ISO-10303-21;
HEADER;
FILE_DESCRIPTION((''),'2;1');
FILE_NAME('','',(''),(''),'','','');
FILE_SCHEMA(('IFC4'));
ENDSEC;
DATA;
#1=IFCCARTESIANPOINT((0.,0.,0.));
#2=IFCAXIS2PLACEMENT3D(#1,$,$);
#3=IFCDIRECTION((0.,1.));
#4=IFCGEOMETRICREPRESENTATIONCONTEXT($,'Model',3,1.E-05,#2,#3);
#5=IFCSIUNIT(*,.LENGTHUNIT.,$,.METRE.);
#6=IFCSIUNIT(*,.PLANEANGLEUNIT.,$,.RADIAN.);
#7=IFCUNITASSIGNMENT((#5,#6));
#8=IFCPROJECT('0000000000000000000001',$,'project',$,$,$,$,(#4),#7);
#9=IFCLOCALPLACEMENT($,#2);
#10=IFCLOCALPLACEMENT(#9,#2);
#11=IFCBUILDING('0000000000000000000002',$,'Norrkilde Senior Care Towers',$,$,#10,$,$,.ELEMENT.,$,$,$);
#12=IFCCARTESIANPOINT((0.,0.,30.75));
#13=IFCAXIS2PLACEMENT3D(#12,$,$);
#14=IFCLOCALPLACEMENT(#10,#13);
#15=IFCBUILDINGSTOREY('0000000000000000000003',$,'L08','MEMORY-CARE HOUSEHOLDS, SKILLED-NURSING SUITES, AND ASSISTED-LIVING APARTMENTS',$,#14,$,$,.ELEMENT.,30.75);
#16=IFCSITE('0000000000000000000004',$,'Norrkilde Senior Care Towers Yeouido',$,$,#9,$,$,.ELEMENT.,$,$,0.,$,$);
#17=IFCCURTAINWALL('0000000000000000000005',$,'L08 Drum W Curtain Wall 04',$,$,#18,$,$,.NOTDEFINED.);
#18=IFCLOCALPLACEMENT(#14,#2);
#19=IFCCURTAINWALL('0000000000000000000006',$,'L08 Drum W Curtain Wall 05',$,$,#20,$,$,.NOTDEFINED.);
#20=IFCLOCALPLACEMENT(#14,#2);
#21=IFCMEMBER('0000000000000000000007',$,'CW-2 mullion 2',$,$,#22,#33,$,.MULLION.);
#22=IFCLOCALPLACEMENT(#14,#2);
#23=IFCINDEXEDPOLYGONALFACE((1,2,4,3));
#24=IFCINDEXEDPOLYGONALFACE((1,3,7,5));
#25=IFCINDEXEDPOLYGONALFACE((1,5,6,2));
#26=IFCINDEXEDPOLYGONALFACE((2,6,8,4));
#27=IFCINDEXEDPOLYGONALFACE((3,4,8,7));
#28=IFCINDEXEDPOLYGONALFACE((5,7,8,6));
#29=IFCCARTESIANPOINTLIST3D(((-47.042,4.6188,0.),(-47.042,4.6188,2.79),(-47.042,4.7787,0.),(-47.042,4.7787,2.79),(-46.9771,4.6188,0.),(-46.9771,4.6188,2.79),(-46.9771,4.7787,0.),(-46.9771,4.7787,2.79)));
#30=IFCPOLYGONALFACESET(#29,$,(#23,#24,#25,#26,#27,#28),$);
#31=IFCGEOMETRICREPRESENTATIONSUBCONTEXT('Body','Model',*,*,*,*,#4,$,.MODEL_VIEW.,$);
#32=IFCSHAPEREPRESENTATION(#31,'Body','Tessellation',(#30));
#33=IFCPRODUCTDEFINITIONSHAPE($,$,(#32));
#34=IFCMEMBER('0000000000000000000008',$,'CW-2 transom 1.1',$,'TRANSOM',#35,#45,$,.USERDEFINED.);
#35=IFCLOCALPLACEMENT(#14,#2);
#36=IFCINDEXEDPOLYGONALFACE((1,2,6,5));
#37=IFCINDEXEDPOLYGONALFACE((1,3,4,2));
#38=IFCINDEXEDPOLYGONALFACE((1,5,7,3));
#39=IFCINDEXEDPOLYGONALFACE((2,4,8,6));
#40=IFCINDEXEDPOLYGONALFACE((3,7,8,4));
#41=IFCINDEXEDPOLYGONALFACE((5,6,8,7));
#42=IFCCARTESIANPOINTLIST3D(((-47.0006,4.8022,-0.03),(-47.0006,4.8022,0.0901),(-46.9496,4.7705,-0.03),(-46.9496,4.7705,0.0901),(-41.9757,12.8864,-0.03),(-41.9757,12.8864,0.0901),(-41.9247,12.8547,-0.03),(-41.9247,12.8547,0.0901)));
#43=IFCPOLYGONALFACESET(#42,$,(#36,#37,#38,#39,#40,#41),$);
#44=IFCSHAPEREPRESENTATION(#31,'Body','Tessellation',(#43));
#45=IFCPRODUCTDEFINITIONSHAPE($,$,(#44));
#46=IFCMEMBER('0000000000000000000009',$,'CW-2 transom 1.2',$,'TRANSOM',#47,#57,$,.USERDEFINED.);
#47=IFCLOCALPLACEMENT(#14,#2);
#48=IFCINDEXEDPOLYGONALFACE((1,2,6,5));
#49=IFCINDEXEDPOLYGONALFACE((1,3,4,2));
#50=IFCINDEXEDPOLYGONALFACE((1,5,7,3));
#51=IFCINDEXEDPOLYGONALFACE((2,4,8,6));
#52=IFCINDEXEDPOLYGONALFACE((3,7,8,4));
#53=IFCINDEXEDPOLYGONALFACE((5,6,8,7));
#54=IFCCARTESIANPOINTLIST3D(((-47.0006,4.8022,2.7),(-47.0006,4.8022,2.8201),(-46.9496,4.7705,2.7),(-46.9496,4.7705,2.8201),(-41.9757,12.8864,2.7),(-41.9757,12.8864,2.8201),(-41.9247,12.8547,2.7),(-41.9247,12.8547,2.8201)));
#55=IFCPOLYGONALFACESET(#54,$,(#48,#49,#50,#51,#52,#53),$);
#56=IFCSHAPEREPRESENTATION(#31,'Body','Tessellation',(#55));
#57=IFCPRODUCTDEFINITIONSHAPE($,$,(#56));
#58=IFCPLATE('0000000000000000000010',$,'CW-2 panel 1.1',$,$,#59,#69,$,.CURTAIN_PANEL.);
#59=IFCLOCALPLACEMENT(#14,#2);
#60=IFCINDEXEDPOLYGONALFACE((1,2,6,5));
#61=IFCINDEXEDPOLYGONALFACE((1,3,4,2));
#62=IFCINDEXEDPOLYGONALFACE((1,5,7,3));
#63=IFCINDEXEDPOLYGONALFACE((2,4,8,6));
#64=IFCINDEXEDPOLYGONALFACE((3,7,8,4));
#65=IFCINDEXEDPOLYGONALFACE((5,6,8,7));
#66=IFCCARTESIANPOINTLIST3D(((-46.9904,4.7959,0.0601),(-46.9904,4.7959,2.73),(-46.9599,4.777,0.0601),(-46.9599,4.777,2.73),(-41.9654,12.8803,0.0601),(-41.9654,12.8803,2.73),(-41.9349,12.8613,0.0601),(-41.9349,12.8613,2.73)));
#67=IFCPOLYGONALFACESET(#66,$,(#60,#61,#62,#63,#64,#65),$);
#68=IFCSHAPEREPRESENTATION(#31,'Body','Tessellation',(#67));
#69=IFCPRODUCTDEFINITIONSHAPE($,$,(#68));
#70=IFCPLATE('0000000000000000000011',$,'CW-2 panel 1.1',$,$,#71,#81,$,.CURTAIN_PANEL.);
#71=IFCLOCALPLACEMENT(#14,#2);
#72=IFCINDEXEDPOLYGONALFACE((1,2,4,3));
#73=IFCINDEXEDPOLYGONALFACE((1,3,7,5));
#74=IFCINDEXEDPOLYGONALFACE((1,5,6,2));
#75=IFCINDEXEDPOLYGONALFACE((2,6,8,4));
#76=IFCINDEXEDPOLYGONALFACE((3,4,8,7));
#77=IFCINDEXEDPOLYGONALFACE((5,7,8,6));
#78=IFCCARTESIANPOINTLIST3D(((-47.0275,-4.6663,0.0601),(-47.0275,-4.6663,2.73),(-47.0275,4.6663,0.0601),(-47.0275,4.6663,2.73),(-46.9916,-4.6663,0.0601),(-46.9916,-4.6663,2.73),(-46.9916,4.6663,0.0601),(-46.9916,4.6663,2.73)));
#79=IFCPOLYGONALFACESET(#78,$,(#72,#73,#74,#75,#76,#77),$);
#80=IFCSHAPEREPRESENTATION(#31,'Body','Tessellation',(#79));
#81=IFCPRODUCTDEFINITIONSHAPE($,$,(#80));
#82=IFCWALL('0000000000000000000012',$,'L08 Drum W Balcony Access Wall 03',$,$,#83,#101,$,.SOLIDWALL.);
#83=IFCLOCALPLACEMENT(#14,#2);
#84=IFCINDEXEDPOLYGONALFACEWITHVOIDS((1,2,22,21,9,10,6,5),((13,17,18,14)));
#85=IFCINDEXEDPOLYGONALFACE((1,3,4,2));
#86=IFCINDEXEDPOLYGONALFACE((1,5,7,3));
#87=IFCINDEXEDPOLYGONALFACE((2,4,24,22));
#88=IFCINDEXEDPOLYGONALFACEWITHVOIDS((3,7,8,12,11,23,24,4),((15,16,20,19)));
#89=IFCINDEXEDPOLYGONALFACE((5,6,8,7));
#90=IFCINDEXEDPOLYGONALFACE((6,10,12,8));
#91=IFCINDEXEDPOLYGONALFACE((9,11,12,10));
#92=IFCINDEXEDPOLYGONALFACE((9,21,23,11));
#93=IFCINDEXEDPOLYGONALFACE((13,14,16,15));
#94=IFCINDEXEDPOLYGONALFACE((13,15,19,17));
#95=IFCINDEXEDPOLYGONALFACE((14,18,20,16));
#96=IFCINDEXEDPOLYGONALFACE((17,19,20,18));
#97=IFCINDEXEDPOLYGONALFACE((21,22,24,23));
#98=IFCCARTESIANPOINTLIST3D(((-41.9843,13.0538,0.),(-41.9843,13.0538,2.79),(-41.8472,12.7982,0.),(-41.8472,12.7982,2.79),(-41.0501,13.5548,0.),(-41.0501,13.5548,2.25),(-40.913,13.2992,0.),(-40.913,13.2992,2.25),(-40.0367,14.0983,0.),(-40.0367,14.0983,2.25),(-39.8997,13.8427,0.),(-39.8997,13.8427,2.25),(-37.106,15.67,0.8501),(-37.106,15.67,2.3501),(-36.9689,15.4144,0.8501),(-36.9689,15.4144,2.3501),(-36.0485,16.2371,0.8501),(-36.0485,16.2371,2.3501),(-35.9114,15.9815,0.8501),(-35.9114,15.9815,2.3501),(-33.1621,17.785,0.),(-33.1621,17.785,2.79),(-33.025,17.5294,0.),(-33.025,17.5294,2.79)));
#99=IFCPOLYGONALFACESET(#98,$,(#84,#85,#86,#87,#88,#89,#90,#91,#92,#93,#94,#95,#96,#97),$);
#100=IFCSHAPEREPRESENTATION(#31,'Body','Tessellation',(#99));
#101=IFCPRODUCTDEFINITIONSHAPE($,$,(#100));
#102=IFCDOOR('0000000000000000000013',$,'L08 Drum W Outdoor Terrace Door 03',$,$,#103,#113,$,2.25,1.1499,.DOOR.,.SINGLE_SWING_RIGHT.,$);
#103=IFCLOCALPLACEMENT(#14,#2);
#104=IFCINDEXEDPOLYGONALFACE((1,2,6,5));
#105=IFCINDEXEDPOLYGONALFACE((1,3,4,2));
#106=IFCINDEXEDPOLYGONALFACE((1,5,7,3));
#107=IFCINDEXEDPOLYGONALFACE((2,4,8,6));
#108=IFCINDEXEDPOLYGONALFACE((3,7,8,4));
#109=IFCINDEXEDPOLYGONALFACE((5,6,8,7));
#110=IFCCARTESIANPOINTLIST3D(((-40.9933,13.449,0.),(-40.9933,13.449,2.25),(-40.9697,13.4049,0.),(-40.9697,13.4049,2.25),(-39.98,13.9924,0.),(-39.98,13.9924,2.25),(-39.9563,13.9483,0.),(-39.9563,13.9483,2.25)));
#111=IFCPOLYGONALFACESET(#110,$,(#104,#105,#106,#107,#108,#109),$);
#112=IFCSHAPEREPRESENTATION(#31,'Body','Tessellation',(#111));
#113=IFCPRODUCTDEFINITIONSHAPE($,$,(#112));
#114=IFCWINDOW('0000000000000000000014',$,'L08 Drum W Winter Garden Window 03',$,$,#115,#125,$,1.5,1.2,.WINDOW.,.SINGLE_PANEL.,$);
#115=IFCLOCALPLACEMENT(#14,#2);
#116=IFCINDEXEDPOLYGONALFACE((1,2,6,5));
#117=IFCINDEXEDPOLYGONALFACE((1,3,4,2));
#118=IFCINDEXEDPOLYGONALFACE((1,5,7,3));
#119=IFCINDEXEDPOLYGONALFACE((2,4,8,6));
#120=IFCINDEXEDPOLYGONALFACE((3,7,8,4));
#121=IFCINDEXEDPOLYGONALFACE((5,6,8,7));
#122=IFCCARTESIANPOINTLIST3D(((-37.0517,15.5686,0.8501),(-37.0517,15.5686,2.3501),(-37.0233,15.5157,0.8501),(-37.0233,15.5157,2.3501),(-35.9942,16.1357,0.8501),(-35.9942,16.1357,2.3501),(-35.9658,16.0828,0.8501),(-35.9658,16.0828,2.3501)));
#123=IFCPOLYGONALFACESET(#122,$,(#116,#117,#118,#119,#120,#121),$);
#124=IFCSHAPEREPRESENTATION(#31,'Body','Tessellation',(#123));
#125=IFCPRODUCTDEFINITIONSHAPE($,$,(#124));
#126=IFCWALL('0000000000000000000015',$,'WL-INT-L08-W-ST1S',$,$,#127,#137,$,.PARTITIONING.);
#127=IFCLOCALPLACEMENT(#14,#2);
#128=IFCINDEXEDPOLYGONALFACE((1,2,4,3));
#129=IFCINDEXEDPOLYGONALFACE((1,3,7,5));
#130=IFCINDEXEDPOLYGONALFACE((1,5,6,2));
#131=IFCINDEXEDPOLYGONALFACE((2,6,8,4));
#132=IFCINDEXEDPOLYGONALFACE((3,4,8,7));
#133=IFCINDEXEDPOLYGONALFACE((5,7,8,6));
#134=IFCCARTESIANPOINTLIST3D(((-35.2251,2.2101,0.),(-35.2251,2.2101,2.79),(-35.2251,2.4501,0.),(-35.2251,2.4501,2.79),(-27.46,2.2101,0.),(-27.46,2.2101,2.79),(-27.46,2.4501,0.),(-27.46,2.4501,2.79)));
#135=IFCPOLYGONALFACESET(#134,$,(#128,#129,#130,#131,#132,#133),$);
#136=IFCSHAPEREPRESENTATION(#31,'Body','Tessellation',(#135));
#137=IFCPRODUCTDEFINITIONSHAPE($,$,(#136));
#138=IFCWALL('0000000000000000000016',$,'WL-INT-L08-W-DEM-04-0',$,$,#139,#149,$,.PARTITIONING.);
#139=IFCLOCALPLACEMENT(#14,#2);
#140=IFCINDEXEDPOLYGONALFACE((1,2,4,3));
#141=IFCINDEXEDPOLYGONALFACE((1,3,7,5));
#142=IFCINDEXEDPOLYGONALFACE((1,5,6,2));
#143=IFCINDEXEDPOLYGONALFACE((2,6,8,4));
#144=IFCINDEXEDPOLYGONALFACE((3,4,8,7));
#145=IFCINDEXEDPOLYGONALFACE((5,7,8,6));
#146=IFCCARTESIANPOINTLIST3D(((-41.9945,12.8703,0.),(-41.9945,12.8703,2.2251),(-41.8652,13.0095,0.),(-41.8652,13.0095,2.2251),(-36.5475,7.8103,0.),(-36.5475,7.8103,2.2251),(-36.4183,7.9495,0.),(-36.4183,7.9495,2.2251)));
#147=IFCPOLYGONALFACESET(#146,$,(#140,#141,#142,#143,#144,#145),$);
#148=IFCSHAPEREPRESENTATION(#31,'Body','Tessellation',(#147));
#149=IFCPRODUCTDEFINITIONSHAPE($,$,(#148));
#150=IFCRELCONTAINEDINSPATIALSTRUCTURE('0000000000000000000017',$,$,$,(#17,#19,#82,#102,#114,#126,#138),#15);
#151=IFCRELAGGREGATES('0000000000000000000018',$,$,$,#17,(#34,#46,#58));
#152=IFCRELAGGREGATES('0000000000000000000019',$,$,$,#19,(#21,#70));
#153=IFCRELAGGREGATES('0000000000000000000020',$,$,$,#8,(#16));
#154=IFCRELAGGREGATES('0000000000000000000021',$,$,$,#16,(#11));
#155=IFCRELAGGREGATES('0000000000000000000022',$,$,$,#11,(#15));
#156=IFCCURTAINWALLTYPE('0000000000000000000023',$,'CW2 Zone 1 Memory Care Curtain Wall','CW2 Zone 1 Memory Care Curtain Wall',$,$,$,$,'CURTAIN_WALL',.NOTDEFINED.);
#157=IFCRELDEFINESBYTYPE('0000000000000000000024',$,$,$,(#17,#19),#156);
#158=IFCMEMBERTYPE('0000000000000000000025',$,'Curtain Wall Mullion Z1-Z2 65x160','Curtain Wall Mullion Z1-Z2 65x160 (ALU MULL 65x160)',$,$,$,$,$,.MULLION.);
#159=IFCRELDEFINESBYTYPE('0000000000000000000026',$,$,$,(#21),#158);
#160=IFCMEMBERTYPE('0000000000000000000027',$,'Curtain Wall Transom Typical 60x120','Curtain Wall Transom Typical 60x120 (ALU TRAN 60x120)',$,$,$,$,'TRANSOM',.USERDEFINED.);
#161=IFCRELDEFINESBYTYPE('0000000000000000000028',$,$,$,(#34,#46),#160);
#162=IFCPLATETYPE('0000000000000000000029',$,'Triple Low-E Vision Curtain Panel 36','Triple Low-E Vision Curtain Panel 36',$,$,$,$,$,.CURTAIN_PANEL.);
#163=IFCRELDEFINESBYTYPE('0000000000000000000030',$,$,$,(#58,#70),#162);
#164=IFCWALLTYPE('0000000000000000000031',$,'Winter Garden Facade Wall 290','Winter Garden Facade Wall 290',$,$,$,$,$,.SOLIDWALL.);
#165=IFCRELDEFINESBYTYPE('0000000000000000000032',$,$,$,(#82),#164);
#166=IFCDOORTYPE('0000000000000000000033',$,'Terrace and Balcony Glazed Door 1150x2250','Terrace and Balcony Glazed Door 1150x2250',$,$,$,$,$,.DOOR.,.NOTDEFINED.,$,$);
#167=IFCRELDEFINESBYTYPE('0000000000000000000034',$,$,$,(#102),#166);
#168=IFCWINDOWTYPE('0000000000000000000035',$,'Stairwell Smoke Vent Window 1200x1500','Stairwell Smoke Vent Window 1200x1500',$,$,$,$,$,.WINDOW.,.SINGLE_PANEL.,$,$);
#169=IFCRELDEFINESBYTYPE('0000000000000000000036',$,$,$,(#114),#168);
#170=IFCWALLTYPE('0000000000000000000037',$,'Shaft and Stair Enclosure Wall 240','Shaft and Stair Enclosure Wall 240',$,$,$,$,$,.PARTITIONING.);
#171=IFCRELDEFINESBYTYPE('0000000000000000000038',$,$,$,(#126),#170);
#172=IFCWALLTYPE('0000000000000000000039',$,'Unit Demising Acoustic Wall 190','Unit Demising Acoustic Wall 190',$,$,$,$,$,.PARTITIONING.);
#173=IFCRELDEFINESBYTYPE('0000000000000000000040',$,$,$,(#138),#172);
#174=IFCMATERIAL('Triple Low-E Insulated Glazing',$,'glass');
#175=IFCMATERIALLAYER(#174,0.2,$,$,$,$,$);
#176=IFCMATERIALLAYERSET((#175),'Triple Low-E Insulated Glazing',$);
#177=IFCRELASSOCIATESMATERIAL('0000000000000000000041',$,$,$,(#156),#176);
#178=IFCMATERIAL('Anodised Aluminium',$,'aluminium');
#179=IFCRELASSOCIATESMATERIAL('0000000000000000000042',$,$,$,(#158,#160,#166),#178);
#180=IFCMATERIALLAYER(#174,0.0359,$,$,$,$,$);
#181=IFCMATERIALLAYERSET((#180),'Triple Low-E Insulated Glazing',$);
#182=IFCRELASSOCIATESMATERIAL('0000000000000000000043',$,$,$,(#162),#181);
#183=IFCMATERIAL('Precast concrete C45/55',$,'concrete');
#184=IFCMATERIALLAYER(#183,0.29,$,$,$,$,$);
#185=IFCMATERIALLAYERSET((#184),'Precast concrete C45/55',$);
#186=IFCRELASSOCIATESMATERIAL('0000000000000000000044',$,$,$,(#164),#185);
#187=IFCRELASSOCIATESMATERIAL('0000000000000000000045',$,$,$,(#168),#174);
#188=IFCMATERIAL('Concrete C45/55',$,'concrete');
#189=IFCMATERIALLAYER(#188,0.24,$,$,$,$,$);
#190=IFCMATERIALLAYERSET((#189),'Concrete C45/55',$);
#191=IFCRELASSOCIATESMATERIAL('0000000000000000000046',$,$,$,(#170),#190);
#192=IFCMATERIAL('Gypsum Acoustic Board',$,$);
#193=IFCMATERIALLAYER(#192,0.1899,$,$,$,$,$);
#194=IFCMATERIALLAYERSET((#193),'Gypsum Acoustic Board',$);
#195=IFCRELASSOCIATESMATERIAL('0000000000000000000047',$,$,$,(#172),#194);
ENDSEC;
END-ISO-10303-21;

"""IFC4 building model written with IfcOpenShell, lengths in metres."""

from ifc_helpers import new_model, si_unit, direction, frame, frame_2d, origin, origin_2d, place, context, subcontext, project, spatial, rectangle, extrude, source, transform, mapped, material, layer, layer_set, material_profile, profile_set, type_object, type_shapes, element, fill, aggregate, save


model = new_model("IFC4")

# Units and contexts
model_context = context("Model", 3, precision=1e-05, world=origin(), true_north=direction((0.0, 1.0)))
body_context = subcontext(model_context, "Body", "Model", "MODEL_VIEW")
ifc_project = project(units=[si_unit("LENGTHUNIT", "METRE"), si_unit("PLANEANGLEUNIT", "RADIAN")], contexts=[model_context])

# Site, building, storey
site_placement = place(None, origin())
site = spatial("IfcSite", under=ifc_project, at=site_placement, Name="Norrkilde Senior Care Towers Yeouido", CompositionType="ELEMENT", RefElevation=0.0)
building_placement = place(site_placement, origin())
building = spatial("IfcBuilding", under=site, at=building_placement, Name="Norrkilde Senior Care Towers", CompositionType="ELEMENT")
storey_placement = place(building_placement, frame((0.0, 0.0, 30.75)))
storey = spatial("IfcBuildingStorey", under=building, at=storey_placement, Name="L08", Description="MEMORY-CARE HOUSEHOLDS, SKILLED-NURSING SUITES, AND ASSISTED-LIVING APARTMENTS", CompositionType="ELEMENT", Elevation=30.75)

# Curtain wall
ifc_material_1 = material(Name="Triple Low-E Insulated Glazing", Category="glass")
ifc_layer_1 = layer(ifc_material_1, 0.2)
ifc_layer_set_1 = layer_set([ifc_layer_1], Name="Triple Low-E Insulated Glazing")
curtain_wall_type = type_object("IfcCurtainWallType", Name="CW2 Zone 1 Memory Care Curtain Wall", Description="CW2 Zone 1 Memory Care Curtain Wall", ElementType="CURTAIN_WALL", PredefinedType="NOTDEFINED", material=ifc_layer_set_1)
curtain_wall_1_placement = place(storey_placement, origin())
curtain_wall_1 = element("IfcCurtainWall", 1, at=curtain_wall_1_placement, inside=storey, type_object=curtain_wall_type, Name="L08 Drum W Curtain Wall 04", PredefinedType="NOTDEFINED")
ifc_material_2 = material(Name="Anodised Aluminium", Category="aluminium")
ifc_material_profile_1 = material_profile(ifc_material_2, rectangle(XDim=0.0649, YDim=0.1599, at=origin_2d()), Name="ALU MULL 65x160")
ifc_profile_set_1 = profile_set([ifc_material_profile_1], Name="Anodised Aluminium")
member_type_1 = type_object("IfcMemberType", Name="Curtain Wall Mullion Z1-Z2 65x160", Description="Curtain Wall Mullion Z1-Z2 65x160 (ALU MULL 65x160)", PredefinedType="MULLION", material=ifc_profile_set_1)
shared_shape_1 = source(origin(), body_context, "Body", "SweptSolid", [
    extrude(rectangle(XDim=0.0649, YDim=0.1599, at=origin_2d()), origin(), (0.0, 0.0, 1.0), 2.79),
])
type_shapes(member_type_1, [shared_shape_1])

# Curtain wall, member
curtain_wall_2_placement = place(storey_placement, origin())
curtain_wall_2 = element("IfcCurtainWall", 2, at=curtain_wall_2_placement, inside=storey, type_object=curtain_wall_type, Name="L08 Drum W Curtain Wall 05", PredefinedType="NOTDEFINED")
member_1_placement = place(storey_placement, frame((-47.0095, 4.6987, 0.0), z_axis=(0.0, 0.0, 1.0), x_axis=(-1.0, 0.0, 0.0)))
member_1 = element("IfcMember", 3, at=member_1_placement, type_object=member_type_1, Name="CW-2 mullion 2", PredefinedType="MULLION", context=body_context, shape_type="MappedRepresentation", body=[
    mapped(shared_shape_1, transform((0.0, 0.0, 0.0), x_axis=(1.0, 0.0, 0.0), y_axis=(0.0, 1.0, 0.0), z_axis=(0.0, 0.0, 1.0), scale=1.0)),
])

# Members
ifc_material_profile_2 = material_profile(ifc_material_2, rectangle(XDim=0.0601, YDim=0.1201, at=origin_2d()), Name="ALU TRAN 60x120")
ifc_profile_set_2 = profile_set([ifc_material_profile_2], Name="Anodised Aluminium")
member_type_2 = type_object("IfcMemberType", Name="Curtain Wall Transom Typical 60x120", Description="Curtain Wall Transom Typical 60x120 (ALU TRAN 60x120)", ElementType="TRANSOM", PredefinedType="USERDEFINED", material=ifc_profile_set_2)
shared_shape_2 = source(origin(), body_context, "Body", "SweptSolid", [
    extrude(rectangle(XDim=0.0601, YDim=0.1201, at=origin_2d()), origin(), (0.0, 0.0, 1.0), 9.5186),
])
type_shapes(member_type_2, [shared_shape_2])
member_2_placement = place(storey_placement, frame((-46.9751, 4.7864, 0.03), z_axis=(0.527902, 0.849306, 0.0), x_axis=(-0.849306, 0.527902, 0.0)))
member_2 = element("IfcMember", 4, at=member_2_placement, type_object=member_type_2, Name="CW-2 transom 1.1", ObjectType="TRANSOM", PredefinedType="USERDEFINED", context=body_context, shape_type="MappedRepresentation", body=[
    mapped(shared_shape_2, transform((0.0, 0.0, 0.0), x_axis=(1.0, 0.0, 0.0), y_axis=(0.0, 1.0, 0.0), z_axis=(0.0, 0.0, 1.0), scale=1.0)),
])
member_3_placement = place(storey_placement, frame((-46.9751, 4.7864, 2.76), z_axis=(0.527902, 0.849306, 0.0), x_axis=(-0.849306, 0.527902, 0.0)))
member_3 = element("IfcMember", 5, at=member_3_placement, type_object=member_type_2, Name="CW-2 transom 1.2", ObjectType="TRANSOM", PredefinedType="USERDEFINED", context=body_context, shape_type="MappedRepresentation", body=[
    mapped(shared_shape_2, transform((0.0, 0.0, 0.0), x_axis=(1.0, 0.0, 0.0), y_axis=(0.0, 1.0, 0.0), z_axis=(0.0, 0.0, 1.0), scale=1.0)),
])

# Plates
ifc_layer_2 = layer(ifc_material_1, 0.0359)
ifc_layer_set_2 = layer_set([ifc_layer_2], Name="Triple Low-E Insulated Glazing")
plate_type = type_object("IfcPlateType", Name="Triple Low-E Vision Curtain Panel 36", Description="Triple Low-E Vision Curtain Panel 36", PredefinedType="CURTAIN_PANEL", material=ifc_layer_set_2)
shared_shape_3 = source(origin(), body_context, "Body", "SweptSolid", [
    extrude(rectangle(XDim=9.5188, YDim=0.0359, at=origin_2d()), origin(), (0.0, 0.0, 1.0), 2.6699),
])
plate_1_placement = place(storey_placement, frame((-44.4626, 8.8286, 0.0601), z_axis=(0.0, 0.0, 1.0), x_axis=(0.527901, 0.849306, 0.0)))
plate_1 = element("IfcPlate", 6, at=plate_1_placement, type_object=plate_type, Name="CW-2 panel 1.1", PredefinedType="CURTAIN_PANEL", context=body_context, shape_type="MappedRepresentation", body=[
    mapped(shared_shape_3, transform((0.0, 0.0, 0.0), x_axis=(1.0, 0.0, 0.0), y_axis=(0.0, 1.0, 0.0), z_axis=(0.0, 0.0, 1.0), scale=1.0)),
])
aggregate(curtain_wall_1, [member_2, member_3, plate_1])
shared_shape_4 = source(origin(), body_context, "Body", "SweptSolid", [
    extrude(rectangle(XDim=9.3325, YDim=0.0359, at=origin_2d()), origin(), (0.0, 0.0, 1.0), 2.6699),
])
type_shapes(plate_type, [shared_shape_3, shared_shape_4])
plate_2_placement = place(storey_placement, frame((-47.0095, 0.0, 0.0601), z_axis=(0.0, 0.0, 1.0), x_axis=(0.0, 1.0, 0.0)))
plate_2 = element("IfcPlate", 7, at=plate_2_placement, type_object=plate_type, Name="CW-2 panel 1.1", PredefinedType="CURTAIN_PANEL", context=body_context, shape_type="MappedRepresentation", body=[
    mapped(shared_shape_4, transform((0.0, 0.0, 0.0), x_axis=(1.0, 0.0, 0.0), y_axis=(0.0, 1.0, 0.0), z_axis=(0.0, 0.0, 1.0), scale=1.0)),
])
aggregate(curtain_wall_2, [member_1, plate_2])

# Wall, openings, door, window
ifc_material_3 = material(Name="Precast concrete C45/55", Category="concrete")
ifc_layer_3 = layer(ifc_material_3, 0.29)
ifc_layer_set_3 = layer_set([ifc_layer_3], Name="Precast concrete C45/55")
wall_type_1 = type_object("IfcWallType", Name="Winter Garden Facade Wall 290", Description="Winter Garden Facade Wall 290", PredefinedType="SOLIDWALL", material=ifc_layer_set_3)
shared_shape_5 = source(origin(), body_context, "Body", "SweptSolid", [
    extrude(rectangle(XDim=10.0107, YDim=0.29, at=frame_2d((5.0054, 0.0))), origin(), (0.0, 0.0, 1.0), 2.79),
])
type_shapes(wall_type_1, [shared_shape_5])
wall_1_placement = place(storey_placement, frame((-41.9158, 12.926, 0.0), z_axis=(0.0, 0.0, 1.0), x_axis=(0.881273, 0.472608, 0.0)))
wall_1 = element("IfcWall", 8, at=wall_1_placement, inside=storey, type_object=wall_type_1, Name="L08 Drum W Balcony Access Wall 03", PredefinedType="SOLIDWALL", context=body_context, shape_type="MappedRepresentation", body=[
    mapped(shared_shape_5, transform((0.0, 0.0, 0.0), x_axis=(1.0, 0.0, 0.0), y_axis=(0.0, 1.0, 0.0), z_axis=(0.0, 0.0, 1.0), scale=1.0)),
])
opening_1_placement = place(wall_1_placement, frame((1.0601, 0.0, 0.0)))
opening_1 = element("IfcOpeningElement", 9, at=opening_1_placement, cuts=wall_1, PredefinedType="OPENING", context=body_context, shape_type="SweptSolid", body=[
    extrude(rectangle(XDim=1.1499, YDim=2.25, at=frame_2d((0.575, 1.125))), frame((0.0, 0.155, 0.0), z_axis=(0.0, -1.0, 0.0), x_axis=(1.0, 0.0, 0.0)), (0.0, 0.0, 1.0), 0.3101),
])
opening_2_placement = place(wall_1_placement, frame((5.5354, 0.0, 0.8501)))
opening_2 = element("IfcOpeningElement", 10, at=opening_2_placement, cuts=wall_1, PredefinedType="OPENING", context=body_context, shape_type="SweptSolid", body=[
    extrude(rectangle(XDim=1.2, YDim=1.5, at=frame_2d((0.6001, 0.75))), frame((0.0, 0.155, 0.0), z_axis=(0.0, -1.0, 0.0), x_axis=(1.0, 0.0, 0.0)), (0.0, 0.0, 1.0), 0.3101),
])
door_type_1 = type_object("IfcDoorType", Name="Terrace and Balcony Glazed Door 1150x2250", Description="Terrace and Balcony Glazed Door 1150x2250", OperationType="NOTDEFINED", PredefinedType="DOOR", material=ifc_material_2)
shared_shape_6 = source(origin(), body_context, "Body", "SweptSolid", [
    extrude(rectangle(XDim=1.1499, YDim=2.25, at=frame_2d((0.575, 1.125))), frame((0.0, 0.0249, 0.0), z_axis=(0.0, -1.0, 0.0), x_axis=(1.0, 0.0, 0.0)), (0.0, 0.0, 1.0), 0.05),
])
type_shapes(door_type_1, [shared_shape_6])
door_1_placement = place(opening_1_placement, origin())
door_1 = element("IfcDoor", 11, at=door_1_placement, inside=storey, type_object=door_type_1, Name="L08 Drum W Outdoor Terrace Door 03", OperationType="SINGLE_SWING_RIGHT", OverallHeight=2.25, OverallWidth=1.1499, PredefinedType="DOOR", context=body_context, shape_type="MappedRepresentation", body=[
    mapped(shared_shape_6, transform((0.0, 0.0, 0.0), x_axis=(1.0, 0.0, 0.0), y_axis=(0.0, 1.0, 0.0), z_axis=(0.0, 0.0, 1.0), scale=1.0)),
])
fill(opening_1, door_1)
window_type = type_object("IfcWindowType", Name="Stairwell Smoke Vent Window 1200x1500", Description="Stairwell Smoke Vent Window 1200x1500", PartitioningType="SINGLE_PANEL", PredefinedType="WINDOW", material=ifc_material_1)
shared_shape_7 = source(origin(), body_context, "Body", "SweptSolid", [
    extrude(rectangle(XDim=1.2, YDim=1.5, at=frame_2d((0.6001, 0.75))), frame((0.0, 0.03, 0.0), z_axis=(0.0, -1.0, 0.0), x_axis=(1.0, 0.0, 0.0)), (0.0, 0.0, 1.0), 0.0601),
])
type_shapes(window_type, [shared_shape_7])
window_placement = place(opening_2_placement, origin())
window = element("IfcWindow", 12, at=window_placement, inside=storey, type_object=window_type, Name="L08 Drum W Winter Garden Window 03", OverallHeight=1.5, OverallWidth=1.2, PartitioningType="SINGLE_PANEL", PredefinedType="WINDOW", context=body_context, shape_type="MappedRepresentation", body=[
    mapped(shared_shape_7, transform((0.0, 0.0, 0.0), x_axis=(1.0, 0.0, 0.0), y_axis=(0.0, 1.0, 0.0), z_axis=(0.0, 0.0, 1.0), scale=1.0)),
])
fill(opening_2, window)

# Shared definitions
ifc_material_4 = material(Name="Gypsum Acoustic Board")

# Walls
ifc_material_5 = material(Name="Concrete C45/55", Category="concrete")
ifc_layer_4 = layer(ifc_material_5, 0.24)
ifc_layer_set_4 = layer_set([ifc_layer_4], Name="Concrete C45/55")
wall_type_2 = type_object("IfcWallType", Name="Shaft and Stair Enclosure Wall 240", Description="Shaft and Stair Enclosure Wall 240", PredefinedType="PARTITIONING", material=ifc_layer_set_4)
shared_shape_8 = source(origin(), body_context, "Body", "SweptSolid", [
    extrude(rectangle(XDim=7.7651, YDim=0.24, at=frame_2d((3.8826, 0.0))), origin(), (0.0, 0.0, 1.0), 2.79),
])
type_shapes(wall_type_2, [shared_shape_8])
wall_2_placement = place(storey_placement, frame((-35.2251, 2.3301, 0.0), z_axis=(0.0, 0.0, 1.0), x_axis=(1.0, 0.0, 0.0)))
element("IfcWall", 13, at=wall_2_placement, inside=storey, type_object=wall_type_2, Name="WL-INT-L08-W-ST1S", PredefinedType="PARTITIONING", context=body_context, shape_type="MappedRepresentation", body=[
    mapped(shared_shape_8, transform((0.0, 0.0, 0.0), x_axis=(1.0, 0.0, 0.0), y_axis=(0.0, 1.0, 0.0), z_axis=(0.0, 0.0, 1.0), scale=1.0)),
])
ifc_layer_5 = layer(ifc_material_4, 0.1899)
ifc_layer_set_5 = layer_set([ifc_layer_5], Name="Gypsum Acoustic Board")
wall_type_3 = type_object("IfcWallType", Name="Unit Demising Acoustic Wall 190", Description="Unit Demising Acoustic Wall 190", PredefinedType="PARTITIONING", material=ifc_layer_set_5)
shared_shape_9 = source(origin(), body_context, "Body", "SweptSolid", [
    extrude(rectangle(XDim=7.4346, YDim=0.1899, at=frame_2d((3.7173, 0.0))), origin(), (0.0, 0.0, 1.0), 2.2251),
])
wall_3_placement = place(storey_placement, frame((-36.4829, 7.8799, 0.0), z_axis=(0.0, 0.0, 1.0), x_axis=(-0.732652, 0.680603, 0.0)))
element("IfcWall", 14, at=wall_3_placement, inside=storey, type_object=wall_type_3, Name="WL-INT-L08-W-DEM-04-0", PredefinedType="PARTITIONING", context=body_context, shape_type="MappedRepresentation", body=[
    mapped(shared_shape_9, transform((0.0, 0.0, 0.0), x_axis=(1.0, 0.0, 0.0), y_axis=(0.0, 1.0, 0.0), z_axis=(0.0, 0.0, 1.0), scale=1.0)),
])

save(model, "model.ifc")
